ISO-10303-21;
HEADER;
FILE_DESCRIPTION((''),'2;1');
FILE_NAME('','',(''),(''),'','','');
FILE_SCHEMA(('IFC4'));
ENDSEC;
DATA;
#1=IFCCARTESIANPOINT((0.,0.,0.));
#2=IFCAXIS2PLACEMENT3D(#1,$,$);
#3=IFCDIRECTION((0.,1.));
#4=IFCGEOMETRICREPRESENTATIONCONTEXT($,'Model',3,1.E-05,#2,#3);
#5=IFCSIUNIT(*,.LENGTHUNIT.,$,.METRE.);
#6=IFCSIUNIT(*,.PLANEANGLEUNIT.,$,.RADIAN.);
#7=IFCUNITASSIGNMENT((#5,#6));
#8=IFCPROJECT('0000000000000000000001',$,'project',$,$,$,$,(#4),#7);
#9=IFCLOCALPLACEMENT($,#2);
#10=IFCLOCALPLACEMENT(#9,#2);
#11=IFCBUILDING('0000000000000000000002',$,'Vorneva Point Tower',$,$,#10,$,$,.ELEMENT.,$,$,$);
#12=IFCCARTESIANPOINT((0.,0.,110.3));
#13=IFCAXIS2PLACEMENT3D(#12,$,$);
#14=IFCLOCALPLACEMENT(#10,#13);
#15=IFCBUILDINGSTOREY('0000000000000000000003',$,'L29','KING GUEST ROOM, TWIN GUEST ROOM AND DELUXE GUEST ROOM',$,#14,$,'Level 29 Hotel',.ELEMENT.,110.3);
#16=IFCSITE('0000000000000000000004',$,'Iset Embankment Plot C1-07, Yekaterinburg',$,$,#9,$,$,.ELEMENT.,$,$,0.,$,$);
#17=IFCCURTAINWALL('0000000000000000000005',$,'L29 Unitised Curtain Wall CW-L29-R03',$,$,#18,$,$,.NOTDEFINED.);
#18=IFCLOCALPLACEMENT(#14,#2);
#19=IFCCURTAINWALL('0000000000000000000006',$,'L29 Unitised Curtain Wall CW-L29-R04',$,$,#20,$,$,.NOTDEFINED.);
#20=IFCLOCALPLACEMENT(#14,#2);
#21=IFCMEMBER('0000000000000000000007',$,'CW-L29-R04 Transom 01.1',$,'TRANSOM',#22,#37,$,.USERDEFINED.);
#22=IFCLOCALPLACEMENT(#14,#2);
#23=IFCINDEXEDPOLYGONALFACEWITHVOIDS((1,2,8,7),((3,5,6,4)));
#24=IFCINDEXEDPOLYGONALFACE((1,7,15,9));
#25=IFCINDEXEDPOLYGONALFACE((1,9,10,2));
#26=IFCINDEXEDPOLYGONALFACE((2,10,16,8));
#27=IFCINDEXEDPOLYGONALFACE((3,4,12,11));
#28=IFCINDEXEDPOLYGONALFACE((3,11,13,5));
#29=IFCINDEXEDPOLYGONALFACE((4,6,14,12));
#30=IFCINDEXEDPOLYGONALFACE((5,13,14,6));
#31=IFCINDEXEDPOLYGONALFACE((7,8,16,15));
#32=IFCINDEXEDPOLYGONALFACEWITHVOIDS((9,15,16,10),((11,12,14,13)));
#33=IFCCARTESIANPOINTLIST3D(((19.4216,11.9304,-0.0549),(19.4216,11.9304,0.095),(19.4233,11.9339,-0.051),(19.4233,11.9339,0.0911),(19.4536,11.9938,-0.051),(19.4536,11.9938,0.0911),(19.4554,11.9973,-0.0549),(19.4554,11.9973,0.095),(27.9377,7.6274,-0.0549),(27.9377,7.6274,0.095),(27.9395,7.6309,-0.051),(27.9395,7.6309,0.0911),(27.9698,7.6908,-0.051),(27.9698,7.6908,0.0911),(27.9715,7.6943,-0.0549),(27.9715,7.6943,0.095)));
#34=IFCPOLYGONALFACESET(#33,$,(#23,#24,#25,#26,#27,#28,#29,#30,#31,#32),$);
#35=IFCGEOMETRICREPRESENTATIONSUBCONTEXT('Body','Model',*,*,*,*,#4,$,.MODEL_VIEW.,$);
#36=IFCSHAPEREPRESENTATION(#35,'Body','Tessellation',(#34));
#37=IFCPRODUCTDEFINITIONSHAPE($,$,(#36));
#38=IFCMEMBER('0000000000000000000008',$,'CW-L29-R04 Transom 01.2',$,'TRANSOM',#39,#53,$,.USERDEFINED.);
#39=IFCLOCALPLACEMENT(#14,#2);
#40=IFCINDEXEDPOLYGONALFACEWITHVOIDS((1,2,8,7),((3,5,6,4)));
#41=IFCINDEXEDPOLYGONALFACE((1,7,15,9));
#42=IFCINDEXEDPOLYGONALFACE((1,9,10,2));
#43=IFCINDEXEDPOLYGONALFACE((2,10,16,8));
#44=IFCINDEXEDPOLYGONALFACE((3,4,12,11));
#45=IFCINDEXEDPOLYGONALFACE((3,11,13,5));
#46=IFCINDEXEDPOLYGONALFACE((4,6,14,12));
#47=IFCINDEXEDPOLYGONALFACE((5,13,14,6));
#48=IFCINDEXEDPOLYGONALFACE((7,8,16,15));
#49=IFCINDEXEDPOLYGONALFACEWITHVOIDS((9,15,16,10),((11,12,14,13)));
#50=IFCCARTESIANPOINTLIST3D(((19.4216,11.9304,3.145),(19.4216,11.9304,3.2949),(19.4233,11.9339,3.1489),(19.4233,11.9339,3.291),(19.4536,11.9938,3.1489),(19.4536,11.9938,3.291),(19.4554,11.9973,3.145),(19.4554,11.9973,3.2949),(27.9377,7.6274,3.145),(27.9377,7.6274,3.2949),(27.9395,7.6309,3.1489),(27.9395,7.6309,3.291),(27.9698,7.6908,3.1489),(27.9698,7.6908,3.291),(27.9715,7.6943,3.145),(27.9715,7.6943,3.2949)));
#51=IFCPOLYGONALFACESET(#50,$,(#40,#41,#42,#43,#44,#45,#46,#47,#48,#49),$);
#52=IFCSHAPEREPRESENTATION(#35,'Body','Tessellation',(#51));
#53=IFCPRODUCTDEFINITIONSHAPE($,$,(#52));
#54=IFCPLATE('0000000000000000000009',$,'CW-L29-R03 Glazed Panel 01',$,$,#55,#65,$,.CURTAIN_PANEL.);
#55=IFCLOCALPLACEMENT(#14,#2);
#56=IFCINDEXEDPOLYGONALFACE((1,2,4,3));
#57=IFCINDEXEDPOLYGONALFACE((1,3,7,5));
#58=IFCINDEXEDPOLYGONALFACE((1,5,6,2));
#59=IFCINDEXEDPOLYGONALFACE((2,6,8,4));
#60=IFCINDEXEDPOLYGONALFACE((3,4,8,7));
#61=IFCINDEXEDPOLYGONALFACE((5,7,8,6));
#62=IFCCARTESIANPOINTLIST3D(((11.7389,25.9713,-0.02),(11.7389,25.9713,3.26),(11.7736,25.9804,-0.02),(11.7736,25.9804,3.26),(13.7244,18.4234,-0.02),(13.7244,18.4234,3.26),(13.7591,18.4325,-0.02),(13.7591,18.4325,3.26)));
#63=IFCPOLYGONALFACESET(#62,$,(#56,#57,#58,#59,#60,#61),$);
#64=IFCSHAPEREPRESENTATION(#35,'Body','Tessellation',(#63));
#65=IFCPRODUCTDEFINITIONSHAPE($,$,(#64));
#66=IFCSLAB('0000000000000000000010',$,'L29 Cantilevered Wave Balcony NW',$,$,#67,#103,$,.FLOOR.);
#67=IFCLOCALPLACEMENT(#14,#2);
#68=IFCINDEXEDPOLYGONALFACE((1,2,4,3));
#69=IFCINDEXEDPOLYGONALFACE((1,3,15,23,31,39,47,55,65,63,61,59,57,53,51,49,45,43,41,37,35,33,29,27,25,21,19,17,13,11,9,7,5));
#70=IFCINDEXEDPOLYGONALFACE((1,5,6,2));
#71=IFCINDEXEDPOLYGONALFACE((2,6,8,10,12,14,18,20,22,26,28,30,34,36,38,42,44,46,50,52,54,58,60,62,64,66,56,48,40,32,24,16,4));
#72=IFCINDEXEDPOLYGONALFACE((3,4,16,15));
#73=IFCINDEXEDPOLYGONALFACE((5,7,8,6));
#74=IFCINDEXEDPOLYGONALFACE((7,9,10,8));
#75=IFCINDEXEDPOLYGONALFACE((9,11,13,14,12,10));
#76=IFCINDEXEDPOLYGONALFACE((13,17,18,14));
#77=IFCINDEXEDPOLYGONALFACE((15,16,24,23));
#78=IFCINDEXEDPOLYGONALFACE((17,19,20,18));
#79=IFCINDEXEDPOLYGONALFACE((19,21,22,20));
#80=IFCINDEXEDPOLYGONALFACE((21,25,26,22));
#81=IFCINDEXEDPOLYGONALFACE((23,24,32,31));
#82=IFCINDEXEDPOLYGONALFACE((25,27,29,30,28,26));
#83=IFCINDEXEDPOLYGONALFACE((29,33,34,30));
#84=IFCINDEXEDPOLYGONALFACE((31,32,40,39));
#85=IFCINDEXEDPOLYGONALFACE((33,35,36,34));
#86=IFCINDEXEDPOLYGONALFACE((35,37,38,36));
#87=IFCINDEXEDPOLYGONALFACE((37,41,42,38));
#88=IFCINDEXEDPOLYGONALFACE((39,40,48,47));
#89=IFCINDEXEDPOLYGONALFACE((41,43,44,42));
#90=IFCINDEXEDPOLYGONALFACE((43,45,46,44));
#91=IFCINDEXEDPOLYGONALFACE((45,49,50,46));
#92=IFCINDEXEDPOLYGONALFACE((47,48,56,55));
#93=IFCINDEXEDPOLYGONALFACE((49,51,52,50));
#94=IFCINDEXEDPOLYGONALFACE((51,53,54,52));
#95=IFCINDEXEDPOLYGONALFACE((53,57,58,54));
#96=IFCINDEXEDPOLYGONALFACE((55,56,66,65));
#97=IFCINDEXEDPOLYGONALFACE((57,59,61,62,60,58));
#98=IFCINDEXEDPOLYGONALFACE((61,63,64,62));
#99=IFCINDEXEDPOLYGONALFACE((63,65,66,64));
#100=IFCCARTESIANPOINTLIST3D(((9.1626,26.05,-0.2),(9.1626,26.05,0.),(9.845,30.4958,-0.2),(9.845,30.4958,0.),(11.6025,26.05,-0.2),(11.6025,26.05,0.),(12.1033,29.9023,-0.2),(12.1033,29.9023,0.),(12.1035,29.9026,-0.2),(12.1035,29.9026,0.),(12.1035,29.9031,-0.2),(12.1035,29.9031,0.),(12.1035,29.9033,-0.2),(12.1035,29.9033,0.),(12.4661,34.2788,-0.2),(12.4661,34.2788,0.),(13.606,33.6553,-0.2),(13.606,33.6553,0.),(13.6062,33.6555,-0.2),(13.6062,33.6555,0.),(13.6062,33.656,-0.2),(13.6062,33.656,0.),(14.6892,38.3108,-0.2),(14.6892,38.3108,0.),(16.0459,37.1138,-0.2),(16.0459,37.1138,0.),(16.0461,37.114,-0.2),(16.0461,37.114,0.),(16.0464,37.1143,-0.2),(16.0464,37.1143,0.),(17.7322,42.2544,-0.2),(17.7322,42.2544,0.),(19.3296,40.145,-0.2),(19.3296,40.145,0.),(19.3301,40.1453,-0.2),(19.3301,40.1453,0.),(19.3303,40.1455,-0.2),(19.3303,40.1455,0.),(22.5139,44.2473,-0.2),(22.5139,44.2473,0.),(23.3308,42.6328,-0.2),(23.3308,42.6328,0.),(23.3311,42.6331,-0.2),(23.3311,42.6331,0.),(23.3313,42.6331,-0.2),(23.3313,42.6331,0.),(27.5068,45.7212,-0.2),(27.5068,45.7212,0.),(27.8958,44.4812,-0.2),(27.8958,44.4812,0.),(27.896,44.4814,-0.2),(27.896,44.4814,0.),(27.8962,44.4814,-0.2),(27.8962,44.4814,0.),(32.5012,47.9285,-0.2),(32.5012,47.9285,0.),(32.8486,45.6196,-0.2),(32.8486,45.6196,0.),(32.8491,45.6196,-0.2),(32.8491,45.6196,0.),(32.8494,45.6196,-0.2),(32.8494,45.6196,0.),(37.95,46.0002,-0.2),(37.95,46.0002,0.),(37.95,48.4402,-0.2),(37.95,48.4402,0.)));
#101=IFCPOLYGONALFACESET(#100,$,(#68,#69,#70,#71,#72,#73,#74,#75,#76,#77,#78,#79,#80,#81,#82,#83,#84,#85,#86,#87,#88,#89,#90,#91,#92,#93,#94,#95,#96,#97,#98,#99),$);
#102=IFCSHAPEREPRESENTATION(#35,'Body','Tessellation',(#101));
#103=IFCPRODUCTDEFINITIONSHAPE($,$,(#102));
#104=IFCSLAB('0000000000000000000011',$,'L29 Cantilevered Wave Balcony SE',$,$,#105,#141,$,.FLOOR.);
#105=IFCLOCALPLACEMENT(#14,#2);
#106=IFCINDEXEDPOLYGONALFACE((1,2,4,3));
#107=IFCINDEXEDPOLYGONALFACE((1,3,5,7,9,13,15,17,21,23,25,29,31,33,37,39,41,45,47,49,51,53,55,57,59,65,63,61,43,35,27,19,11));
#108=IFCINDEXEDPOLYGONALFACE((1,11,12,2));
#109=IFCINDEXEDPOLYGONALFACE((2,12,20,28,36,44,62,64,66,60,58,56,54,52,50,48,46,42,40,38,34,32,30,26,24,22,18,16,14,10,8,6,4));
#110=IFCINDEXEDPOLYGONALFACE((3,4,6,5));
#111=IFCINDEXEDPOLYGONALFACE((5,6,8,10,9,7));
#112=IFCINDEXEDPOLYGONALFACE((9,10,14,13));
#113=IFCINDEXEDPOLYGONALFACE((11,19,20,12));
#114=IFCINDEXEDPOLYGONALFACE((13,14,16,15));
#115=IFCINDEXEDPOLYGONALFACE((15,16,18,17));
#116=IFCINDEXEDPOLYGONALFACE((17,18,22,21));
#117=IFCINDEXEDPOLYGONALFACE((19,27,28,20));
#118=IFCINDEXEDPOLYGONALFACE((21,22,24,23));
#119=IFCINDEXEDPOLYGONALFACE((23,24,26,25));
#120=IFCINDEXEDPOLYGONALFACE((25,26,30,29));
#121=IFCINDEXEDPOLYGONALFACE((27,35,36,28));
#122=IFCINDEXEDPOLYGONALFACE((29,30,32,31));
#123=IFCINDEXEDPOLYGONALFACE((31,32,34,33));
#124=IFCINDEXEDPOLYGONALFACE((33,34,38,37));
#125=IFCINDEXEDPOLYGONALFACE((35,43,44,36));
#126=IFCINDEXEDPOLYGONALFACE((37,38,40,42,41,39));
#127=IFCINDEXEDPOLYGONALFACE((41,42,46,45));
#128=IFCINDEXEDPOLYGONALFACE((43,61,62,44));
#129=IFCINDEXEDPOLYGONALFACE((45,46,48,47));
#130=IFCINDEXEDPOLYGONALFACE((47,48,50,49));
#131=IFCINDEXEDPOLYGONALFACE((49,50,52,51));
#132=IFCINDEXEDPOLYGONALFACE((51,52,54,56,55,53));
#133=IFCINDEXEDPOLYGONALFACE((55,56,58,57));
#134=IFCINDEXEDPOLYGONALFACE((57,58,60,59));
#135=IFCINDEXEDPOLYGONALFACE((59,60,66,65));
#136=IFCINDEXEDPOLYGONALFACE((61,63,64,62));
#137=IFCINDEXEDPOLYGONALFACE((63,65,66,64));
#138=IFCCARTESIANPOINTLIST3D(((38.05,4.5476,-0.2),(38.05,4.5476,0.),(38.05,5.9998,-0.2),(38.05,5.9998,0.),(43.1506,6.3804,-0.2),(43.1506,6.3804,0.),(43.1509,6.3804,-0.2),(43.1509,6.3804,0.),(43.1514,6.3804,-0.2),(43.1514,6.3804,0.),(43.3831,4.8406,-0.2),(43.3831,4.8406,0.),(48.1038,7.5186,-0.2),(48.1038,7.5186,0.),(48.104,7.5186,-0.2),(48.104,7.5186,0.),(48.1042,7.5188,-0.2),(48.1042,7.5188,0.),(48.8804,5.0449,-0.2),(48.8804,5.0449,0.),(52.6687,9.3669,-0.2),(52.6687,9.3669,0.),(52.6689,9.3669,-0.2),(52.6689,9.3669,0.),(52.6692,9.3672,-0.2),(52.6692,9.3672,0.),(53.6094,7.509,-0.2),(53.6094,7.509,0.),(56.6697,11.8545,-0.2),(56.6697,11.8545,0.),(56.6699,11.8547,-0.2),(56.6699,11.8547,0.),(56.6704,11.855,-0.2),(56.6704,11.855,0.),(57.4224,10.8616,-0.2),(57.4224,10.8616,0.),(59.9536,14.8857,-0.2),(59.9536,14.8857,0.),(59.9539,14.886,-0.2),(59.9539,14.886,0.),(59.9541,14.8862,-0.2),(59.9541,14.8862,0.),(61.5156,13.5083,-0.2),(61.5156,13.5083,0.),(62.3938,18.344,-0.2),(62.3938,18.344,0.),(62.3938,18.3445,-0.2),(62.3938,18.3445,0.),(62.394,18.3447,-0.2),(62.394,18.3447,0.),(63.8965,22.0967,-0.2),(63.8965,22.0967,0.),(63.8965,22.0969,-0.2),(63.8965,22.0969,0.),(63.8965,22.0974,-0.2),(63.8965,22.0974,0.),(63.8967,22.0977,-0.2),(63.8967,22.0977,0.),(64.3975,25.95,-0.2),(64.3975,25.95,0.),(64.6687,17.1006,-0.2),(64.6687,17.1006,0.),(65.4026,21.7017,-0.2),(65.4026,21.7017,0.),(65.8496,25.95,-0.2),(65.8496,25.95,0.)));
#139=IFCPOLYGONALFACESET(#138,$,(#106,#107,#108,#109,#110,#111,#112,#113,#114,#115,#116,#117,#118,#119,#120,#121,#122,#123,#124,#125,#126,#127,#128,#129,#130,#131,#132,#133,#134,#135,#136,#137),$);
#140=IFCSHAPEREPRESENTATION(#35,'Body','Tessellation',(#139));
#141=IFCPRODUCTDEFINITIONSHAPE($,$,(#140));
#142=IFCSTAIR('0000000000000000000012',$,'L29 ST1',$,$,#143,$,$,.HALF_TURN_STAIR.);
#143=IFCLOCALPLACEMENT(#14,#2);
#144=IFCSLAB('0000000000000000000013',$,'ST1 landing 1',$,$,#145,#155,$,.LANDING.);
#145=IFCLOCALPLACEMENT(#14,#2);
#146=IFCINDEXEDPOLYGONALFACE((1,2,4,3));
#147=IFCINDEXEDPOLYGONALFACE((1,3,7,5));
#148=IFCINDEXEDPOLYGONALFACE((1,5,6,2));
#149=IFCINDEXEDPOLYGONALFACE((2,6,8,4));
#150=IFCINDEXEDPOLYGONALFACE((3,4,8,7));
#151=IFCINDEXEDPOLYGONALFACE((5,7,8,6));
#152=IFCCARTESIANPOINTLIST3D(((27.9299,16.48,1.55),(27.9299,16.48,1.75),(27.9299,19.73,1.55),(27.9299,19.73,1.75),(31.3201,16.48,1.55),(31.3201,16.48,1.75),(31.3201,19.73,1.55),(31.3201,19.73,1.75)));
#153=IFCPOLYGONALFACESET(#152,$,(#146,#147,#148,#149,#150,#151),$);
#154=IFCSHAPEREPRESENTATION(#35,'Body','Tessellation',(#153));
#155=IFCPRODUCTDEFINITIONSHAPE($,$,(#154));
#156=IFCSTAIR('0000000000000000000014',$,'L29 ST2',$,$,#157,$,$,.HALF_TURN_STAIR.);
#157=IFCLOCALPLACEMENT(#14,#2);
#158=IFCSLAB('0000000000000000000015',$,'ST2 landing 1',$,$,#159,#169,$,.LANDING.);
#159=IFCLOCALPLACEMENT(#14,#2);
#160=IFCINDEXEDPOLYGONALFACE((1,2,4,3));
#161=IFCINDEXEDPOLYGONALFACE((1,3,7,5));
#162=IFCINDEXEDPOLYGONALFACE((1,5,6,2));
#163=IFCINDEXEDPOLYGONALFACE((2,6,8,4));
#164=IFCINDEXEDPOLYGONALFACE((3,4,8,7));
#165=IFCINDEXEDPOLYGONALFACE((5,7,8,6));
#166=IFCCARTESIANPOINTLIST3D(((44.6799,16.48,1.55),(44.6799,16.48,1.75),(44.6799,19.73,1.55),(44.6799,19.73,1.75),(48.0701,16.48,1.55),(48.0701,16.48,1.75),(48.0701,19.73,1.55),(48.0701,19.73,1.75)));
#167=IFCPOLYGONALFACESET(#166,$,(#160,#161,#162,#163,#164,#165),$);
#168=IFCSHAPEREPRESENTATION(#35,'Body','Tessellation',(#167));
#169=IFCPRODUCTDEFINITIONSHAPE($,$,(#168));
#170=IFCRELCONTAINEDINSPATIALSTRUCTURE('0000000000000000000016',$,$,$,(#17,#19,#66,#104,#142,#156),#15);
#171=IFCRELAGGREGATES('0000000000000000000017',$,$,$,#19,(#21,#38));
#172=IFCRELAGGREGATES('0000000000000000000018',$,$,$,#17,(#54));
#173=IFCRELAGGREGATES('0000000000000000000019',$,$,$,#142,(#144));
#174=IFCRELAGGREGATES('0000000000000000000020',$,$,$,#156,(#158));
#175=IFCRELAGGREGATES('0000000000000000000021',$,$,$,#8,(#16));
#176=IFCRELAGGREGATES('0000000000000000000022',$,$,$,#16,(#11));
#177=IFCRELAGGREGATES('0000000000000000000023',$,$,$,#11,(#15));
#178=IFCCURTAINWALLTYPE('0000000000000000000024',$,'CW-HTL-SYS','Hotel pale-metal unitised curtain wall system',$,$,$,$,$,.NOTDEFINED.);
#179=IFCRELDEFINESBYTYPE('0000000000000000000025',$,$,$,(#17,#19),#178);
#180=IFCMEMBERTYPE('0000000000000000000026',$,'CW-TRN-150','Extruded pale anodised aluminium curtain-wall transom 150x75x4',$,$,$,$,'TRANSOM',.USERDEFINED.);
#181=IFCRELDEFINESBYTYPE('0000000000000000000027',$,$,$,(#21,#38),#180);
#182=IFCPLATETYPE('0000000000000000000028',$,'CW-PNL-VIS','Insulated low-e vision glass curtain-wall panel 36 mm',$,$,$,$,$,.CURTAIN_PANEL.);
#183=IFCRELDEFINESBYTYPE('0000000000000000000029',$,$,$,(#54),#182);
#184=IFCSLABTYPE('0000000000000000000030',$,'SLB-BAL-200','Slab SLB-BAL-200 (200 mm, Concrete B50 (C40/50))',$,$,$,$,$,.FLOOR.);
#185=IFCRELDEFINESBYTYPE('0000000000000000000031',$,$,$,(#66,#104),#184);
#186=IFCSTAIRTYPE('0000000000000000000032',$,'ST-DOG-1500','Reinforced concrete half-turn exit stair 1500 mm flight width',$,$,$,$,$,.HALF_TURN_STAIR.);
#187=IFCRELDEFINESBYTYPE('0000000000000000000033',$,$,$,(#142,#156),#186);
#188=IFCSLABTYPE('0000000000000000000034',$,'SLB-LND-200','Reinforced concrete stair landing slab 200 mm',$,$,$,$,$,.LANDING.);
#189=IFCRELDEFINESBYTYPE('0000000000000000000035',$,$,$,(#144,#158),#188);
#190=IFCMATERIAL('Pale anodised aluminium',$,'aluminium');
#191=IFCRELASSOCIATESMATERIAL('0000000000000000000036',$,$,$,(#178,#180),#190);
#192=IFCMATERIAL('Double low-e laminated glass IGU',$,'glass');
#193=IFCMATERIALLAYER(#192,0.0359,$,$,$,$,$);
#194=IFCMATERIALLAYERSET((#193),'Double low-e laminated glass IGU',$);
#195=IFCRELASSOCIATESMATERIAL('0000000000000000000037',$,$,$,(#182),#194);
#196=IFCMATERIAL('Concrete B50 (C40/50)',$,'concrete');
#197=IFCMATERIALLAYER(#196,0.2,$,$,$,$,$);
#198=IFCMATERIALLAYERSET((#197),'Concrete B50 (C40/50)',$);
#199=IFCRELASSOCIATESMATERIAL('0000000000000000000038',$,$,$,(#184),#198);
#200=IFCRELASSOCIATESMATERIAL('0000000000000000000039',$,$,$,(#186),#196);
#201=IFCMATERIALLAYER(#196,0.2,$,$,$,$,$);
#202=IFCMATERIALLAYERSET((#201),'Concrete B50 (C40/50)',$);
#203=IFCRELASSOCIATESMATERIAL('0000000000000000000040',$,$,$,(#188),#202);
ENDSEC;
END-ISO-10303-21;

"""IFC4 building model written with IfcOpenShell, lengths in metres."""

from ifc_helpers import new_model, si_unit, direction, frame, origin, origin_2d, place, context, subcontext, project, spatial, polyline, rectangle, hollow_rectangle, outline, extrude, material, layer, layer_set, material_profile, profile_set, type_object, element, aggregate, save


model = new_model("IFC4")

# Units and contexts
model_context = context("Model", 3, precision=1e-05, world=origin(), true_north=direction((0.0, 1.0)))
body_context = subcontext(model_context, "Body", "Model", "MODEL_VIEW")
ifc_project = project(units=[si_unit("LENGTHUNIT", "METRE"), si_unit("PLANEANGLEUNIT", "RADIAN")], contexts=[model_context])

# Site, building, storey
site_placement = place(None, origin())
site = spatial("IfcSite", under=ifc_project, at=site_placement, Name="Iset Embankment Plot C1-07, Yekaterinburg", CompositionType="ELEMENT", RefElevation=0.0)
building_placement = place(site_placement, origin())
building = spatial("IfcBuilding", under=site, at=building_placement, Name="Vorneva Point Tower", CompositionType="ELEMENT")
storey_placement = place(building_placement, frame((0.0, 0.0, 110.3)))
storey = spatial("IfcBuildingStorey", under=building, at=storey_placement, Name="L29", Description="KING GUEST ROOM, TWIN GUEST ROOM AND DELUXE GUEST ROOM", LongName="Level 29 Hotel", CompositionType="ELEMENT", Elevation=110.3)

# Curtain wall
ifc_material_1 = material(Name="Pale anodised aluminium", Category="aluminium")
curtain_wall_type = type_object("IfcCurtainWallType", Name="CW-HTL-SYS", Description="Hotel pale-metal unitised curtain wall system", PredefinedType="NOTDEFINED", material=ifc_material_1)
curtain_wall_1_placement = place(storey_placement, origin())
curtain_wall_1 = element("IfcCurtainWall", 1, at=curtain_wall_1_placement, inside=storey, type_object=curtain_wall_type, Name="L29 Unitised Curtain Wall CW-L29-R03", PredefinedType="NOTDEFINED")

# Curtain wall
curtain_wall_2_placement = place(storey_placement, origin())
curtain_wall_2 = element("IfcCurtainWall", 2, at=curtain_wall_2_placement, inside=storey, type_object=curtain_wall_type, Name="L29 Unitised Curtain Wall CW-L29-R04", PredefinedType="NOTDEFINED")

# Members
ifc_material_profile_1 = material_profile(ifc_material_1, hollow_rectangle(XDim=0.075, YDim=0.1499, WallThickness=0.0039, at=origin_2d()), Name="AL-TRN 150x75x4")
ifc_profile_set_1 = profile_set([ifc_material_profile_1], Name="Pale anodised aluminium")
member_type_1 = type_object("IfcMemberType", Name="CW-TRN-150", Description="Extruded pale anodised aluminium curtain-wall transom 150x75x4", ElementType="TRANSOM", PredefinedType="USERDEFINED", material=ifc_profile_set_1)
member_1_placement = place(storey_placement, frame((19.4385, 11.9639, 0.02), z_axis=(0.892536, -0.450976, 0.0), x_axis=(0.450976, 0.892536, 0.0)))
member_1 = element("IfcMember", 3, at=member_1_placement, type_object=member_type_1, Name="CW-L29-R04 Transom 01.1", ObjectType="TRANSOM", PredefinedType="USERDEFINED", context=body_context, shape_type="SweptSolid", body=[
    extrude(hollow_rectangle(XDim=0.075, YDim=0.1499, WallThickness=0.0039, at=origin_2d()), origin(), (0.0, 0.0, 1.0), 9.5415),
])
member_2_placement = place(storey_placement, frame((19.4385, 11.9639, 3.22), z_axis=(0.892536, -0.450976, 0.0), x_axis=(0.450976, 0.892536, 0.0)))
member_2 = element("IfcMember", 4, at=member_2_placement, type_object=member_type_1, Name="CW-L29-R04 Transom 01.2", ObjectType="TRANSOM", PredefinedType="USERDEFINED", context=body_context, shape_type="SweptSolid", body=[
    extrude(hollow_rectangle(XDim=0.075, YDim=0.1499, WallThickness=0.0039, at=origin_2d()), origin(), (0.0, 0.0, 1.0), 9.5415),
])
aggregate(curtain_wall_2, [member_1, member_2])

# Plate
ifc_material_2 = material(Name="Double low-e laminated glass IGU", Category="glass")
ifc_layer_1 = layer(ifc_material_2, 0.0359)
ifc_layer_set_1 = layer_set([ifc_layer_1], Name="Double low-e laminated glass IGU")
plate_type = type_object("IfcPlateType", Name="CW-PNL-VIS", Description="Insulated low-e vision glass curtain-wall panel 36 mm", PredefinedType="CURTAIN_PANEL", material=ifc_layer_set_1)
plate_placement = place(storey_placement, frame((12.749, 22.2019, -0.02), z_axis=(0.0, 0.0, 1.0), x_axis=(0.254399, -0.967099, 0.0)))
plate = element("IfcPlate", 5, at=plate_placement, type_object=plate_type, Name="CW-L29-R03 Glazed Panel 01", PredefinedType="CURTAIN_PANEL", context=body_context, shape_type="SweptSolid", body=[
    extrude(rectangle(XDim=7.8047, YDim=0.0359, at=origin_2d()), origin(), (0.0, 0.0, 1.0), 3.28),
])
aggregate(curtain_wall_1, [plate])

# Slabs
ifc_material_3 = material(Name="Concrete B50 (C40/50)", Category="concrete")
ifc_layer_2 = layer(ifc_material_3, 0.2)
ifc_layer_set_2 = layer_set([ifc_layer_2], Name="Concrete B50 (C40/50)")
slab_type_1 = type_object("IfcSlabType", Name="SLB-BAL-200", Description="Slab SLB-BAL-200 (200 mm, Concrete B50 (C40/50))", PredefinedType="FLOOR", material=ifc_layer_set_2)
slab_1_placement = place(storey_placement, frame((0.0, 0.0, -0.2)))
element("IfcSlab", 6, at=slab_1_placement, inside=storey, type_object=slab_type_1, Name="L29 Cantilevered Wave Balcony NW", PredefinedType="FLOOR", context=body_context, shape_type="SweptSolid", body=[
    extrude(outline(polyline([(9.1626, 26.05), (11.6025, 26.05), (12.1033, 29.9023), (12.1035, 29.9026), (12.1035, 29.9031), (12.1035, 29.9033), (13.606, 33.6553), (13.6062, 33.6555), (13.6062, 33.656), (16.0459, 37.1138), (16.0461, 37.114), (16.0464, 37.1143), (19.3296, 40.145), (19.3301, 40.1453), (19.3303, 40.1455), (23.3308, 42.6328), (23.3311, 42.6331), (23.3313, 42.6331), (27.8958, 44.4812), (27.896, 44.4814), (27.8962, 44.4814), (32.8486, 45.6196), (32.8491, 45.6196), (32.8494, 45.6196), (37.95, 46.0002), (37.95, 48.4402), (32.5012, 47.9285), (27.5068, 45.7212), (22.5139, 44.2473), (17.7322, 42.2544), (14.6892, 38.3108), (12.4661, 34.2788), (9.845, 30.4958), (9.1626, 26.05)])), origin(), (0.0, 0.0, 1.0), 0.2),
])
slab_2_placement = place(storey_placement, frame((0.0, 0.0, -0.2)))
element("IfcSlab", 7, at=slab_2_placement, inside=storey, type_object=slab_type_1, Name="L29 Cantilevered Wave Balcony SE", PredefinedType="FLOOR", context=body_context, shape_type="SweptSolid", body=[
    extrude(outline(polyline([(65.4026, 21.7017), (65.8496, 25.95), (64.3975, 25.95), (63.8967, 22.0977), (63.8965, 22.0974), (63.8965, 22.0969), (63.8965, 22.0967), (62.394, 18.3447), (62.3938, 18.3445), (62.3938, 18.344), (59.9541, 14.8862), (59.9539, 14.886), (59.9536, 14.8857), (56.6704, 11.855), (56.6699, 11.8547), (56.6697, 11.8545), (52.6692, 9.3672), (52.6689, 9.3669), (52.6687, 9.3669), (48.1042, 7.5188), (48.104, 7.5186), (48.1038, 7.5186), (43.1514, 6.3804), (43.1509, 6.3804), (43.1506, 6.3804), (38.05, 5.9998), (38.05, 4.5476), (43.3831, 4.8406), (48.8804, 5.0449), (53.6094, 7.509), (57.4224, 10.8616), (61.5156, 13.5083), (64.6687, 17.1006), (65.4026, 21.7017)])), origin(), (0.0, 0.0, 1.0), 0.2),
])

# Stairs, slabs
stair_type = type_object("IfcStairType", Name="ST-DOG-1500", Description="Reinforced concrete half-turn exit stair 1500 mm flight width", PredefinedType="HALF_TURN_STAIR", material=ifc_material_3)
stair_1_placement = place(storey_placement, origin())
stair_1 = element("IfcStair", 8, at=stair_1_placement, inside=storey, type_object=stair_type, Name="L29 ST1", PredefinedType="HALF_TURN_STAIR")
ifc_layer_3 = layer(ifc_material_3, 0.2)
ifc_layer_set_3 = layer_set([ifc_layer_3], Name="Concrete B50 (C40/50)")
slab_type_2 = type_object("IfcSlabType", Name="SLB-LND-200", Description="Reinforced concrete stair landing slab 200 mm", PredefinedType="LANDING", material=ifc_layer_set_3)
slab_3_placement = place(storey_placement, frame((0.0, 0.0, 1.55)))
slab_3 = element("IfcSlab", 9, at=slab_3_placement, type_object=slab_type_2, Name="ST1 landing 1", PredefinedType="LANDING", context=body_context, shape_type="SweptSolid", body=[
    extrude(outline(polyline([(27.9299, 16.48), (31.3201, 16.48), (31.3201, 19.73), (27.9299, 19.73), (27.9299, 16.48)])), origin(), (0.0, 0.0, 1.0), 0.2),
])
aggregate(stair_1, [slab_3])
stair_2_placement = place(storey_placement, origin())
stair_2 = element("IfcStair", 10, at=stair_2_placement, inside=storey, type_object=stair_type, Name="L29 ST2", PredefinedType="HALF_TURN_STAIR")
slab_4_placement = place(storey_placement, frame((0.0, 0.0, 1.55)))
slab_4 = element("IfcSlab", 11, at=slab_4_placement, type_object=slab_type_2, Name="ST2 landing 1", PredefinedType="LANDING", context=body_context, shape_type="SweptSolid", body=[
    extrude(outline(polyline([(44.6799, 16.48), (48.0701, 16.48), (48.0701, 19.73), (44.6799, 19.73), (44.6799, 16.48)])), origin(), (0.0, 0.0, 1.0), 0.2),
])
aggregate(stair_2, [slab_4])

save(model, "model.ifc")
